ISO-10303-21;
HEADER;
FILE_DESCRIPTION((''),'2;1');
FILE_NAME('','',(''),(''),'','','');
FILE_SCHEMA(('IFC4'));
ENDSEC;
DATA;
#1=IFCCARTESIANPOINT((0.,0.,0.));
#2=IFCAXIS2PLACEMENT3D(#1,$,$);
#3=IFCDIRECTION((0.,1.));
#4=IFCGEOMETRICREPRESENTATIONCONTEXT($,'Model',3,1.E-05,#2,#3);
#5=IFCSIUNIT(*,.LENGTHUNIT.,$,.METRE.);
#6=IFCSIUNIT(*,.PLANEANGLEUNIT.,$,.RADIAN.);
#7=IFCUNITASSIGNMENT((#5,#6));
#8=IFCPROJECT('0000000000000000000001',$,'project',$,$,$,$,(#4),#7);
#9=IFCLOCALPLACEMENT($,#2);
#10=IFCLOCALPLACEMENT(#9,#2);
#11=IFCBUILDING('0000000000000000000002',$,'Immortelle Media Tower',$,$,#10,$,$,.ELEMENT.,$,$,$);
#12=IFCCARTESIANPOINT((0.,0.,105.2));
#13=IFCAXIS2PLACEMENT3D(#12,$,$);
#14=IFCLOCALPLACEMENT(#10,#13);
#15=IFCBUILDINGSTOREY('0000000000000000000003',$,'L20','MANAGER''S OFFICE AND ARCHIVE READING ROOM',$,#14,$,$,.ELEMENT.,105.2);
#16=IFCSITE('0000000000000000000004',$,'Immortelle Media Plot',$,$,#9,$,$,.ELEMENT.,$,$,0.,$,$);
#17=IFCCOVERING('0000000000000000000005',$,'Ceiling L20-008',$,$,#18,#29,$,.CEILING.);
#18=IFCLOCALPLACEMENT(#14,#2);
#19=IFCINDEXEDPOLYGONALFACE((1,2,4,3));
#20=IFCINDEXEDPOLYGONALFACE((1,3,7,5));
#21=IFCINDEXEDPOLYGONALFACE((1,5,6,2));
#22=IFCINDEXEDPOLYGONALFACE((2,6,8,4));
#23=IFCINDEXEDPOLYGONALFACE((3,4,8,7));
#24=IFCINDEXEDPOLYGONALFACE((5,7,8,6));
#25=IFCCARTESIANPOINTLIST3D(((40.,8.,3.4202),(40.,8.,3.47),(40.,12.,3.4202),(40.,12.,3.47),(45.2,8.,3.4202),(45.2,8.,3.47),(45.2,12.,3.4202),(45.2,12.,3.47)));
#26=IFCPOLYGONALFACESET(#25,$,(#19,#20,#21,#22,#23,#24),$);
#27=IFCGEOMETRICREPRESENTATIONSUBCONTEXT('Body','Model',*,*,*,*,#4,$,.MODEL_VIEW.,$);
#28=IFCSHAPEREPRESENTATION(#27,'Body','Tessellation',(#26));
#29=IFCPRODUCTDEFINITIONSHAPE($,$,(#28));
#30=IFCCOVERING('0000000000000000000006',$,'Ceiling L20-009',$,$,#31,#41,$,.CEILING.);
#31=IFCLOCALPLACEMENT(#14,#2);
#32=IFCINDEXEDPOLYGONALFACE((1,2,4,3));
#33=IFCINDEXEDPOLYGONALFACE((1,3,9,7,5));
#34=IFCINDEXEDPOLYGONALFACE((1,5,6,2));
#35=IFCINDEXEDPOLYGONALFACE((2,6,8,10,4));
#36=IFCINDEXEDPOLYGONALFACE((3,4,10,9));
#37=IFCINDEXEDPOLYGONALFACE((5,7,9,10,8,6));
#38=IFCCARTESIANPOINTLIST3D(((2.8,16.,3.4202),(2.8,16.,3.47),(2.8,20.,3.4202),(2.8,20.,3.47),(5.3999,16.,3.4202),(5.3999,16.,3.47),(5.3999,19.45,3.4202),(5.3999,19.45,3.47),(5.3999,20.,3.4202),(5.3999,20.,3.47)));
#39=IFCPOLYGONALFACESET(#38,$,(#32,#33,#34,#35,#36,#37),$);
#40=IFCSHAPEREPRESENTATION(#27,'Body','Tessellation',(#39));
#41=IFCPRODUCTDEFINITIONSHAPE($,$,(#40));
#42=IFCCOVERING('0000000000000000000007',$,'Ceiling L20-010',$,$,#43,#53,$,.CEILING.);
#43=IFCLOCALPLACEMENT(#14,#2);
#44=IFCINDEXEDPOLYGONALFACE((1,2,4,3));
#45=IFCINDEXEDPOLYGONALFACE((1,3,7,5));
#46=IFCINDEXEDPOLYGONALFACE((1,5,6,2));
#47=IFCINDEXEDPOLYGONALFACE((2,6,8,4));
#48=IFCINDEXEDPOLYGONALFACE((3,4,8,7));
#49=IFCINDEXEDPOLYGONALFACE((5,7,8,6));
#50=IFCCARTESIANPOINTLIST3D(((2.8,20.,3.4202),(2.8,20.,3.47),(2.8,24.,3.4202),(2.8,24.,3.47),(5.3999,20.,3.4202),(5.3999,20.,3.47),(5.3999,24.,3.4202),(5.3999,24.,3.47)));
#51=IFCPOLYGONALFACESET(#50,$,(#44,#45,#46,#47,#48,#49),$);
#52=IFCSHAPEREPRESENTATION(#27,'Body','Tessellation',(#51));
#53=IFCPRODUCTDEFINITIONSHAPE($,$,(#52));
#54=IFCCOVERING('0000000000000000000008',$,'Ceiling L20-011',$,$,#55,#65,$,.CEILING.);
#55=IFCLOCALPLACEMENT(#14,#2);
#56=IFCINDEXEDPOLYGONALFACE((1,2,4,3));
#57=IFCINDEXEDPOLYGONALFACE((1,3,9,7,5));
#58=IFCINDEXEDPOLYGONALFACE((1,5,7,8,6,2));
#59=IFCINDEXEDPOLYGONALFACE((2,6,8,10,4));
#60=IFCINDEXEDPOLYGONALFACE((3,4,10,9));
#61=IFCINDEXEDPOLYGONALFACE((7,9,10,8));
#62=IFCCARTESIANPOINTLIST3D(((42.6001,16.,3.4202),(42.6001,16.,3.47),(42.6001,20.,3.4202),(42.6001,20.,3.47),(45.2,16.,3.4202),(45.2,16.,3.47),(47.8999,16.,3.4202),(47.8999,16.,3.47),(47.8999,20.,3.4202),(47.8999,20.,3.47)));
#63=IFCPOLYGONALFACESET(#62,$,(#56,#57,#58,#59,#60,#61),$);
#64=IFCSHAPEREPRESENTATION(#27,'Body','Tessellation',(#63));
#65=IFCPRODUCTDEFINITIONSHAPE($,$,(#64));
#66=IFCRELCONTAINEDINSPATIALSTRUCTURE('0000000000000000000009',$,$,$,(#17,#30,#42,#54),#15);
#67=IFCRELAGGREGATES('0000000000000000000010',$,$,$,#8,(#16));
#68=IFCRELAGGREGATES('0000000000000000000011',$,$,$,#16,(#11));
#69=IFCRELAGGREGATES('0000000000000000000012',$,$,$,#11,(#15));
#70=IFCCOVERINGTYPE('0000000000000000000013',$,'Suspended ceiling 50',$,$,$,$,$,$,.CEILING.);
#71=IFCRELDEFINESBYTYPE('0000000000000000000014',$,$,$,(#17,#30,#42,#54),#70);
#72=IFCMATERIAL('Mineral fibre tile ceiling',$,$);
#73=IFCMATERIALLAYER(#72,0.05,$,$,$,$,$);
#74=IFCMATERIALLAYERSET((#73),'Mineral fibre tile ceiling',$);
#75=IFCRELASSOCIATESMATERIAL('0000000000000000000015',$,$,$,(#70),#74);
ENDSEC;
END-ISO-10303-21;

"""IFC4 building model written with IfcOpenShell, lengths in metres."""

from ifc_helpers import new_model, si_unit, direction, frame, origin, place, context, subcontext, project, spatial, polyline, outline, extrude, material, layer, layer_set, type_object, element, save


model = new_model("IFC4")

# Units and contexts
model_context = context("Model", 3, precision=1e-05, world=origin(), true_north=direction((0.0, 1.0)))
body_context = subcontext(model_context, "Body", "Model", "MODEL_VIEW")
ifc_project = project(units=[si_unit("LENGTHUNIT", "METRE"), si_unit("PLANEANGLEUNIT", "RADIAN")], contexts=[model_context])

# Site, building, storey
site_placement = place(None, origin())
site = spatial("IfcSite", under=ifc_project, at=site_placement, Name="Immortelle Media Plot", CompositionType="ELEMENT", RefElevation=0.0)
building_placement = place(site_placement, origin())
building = spatial("IfcBuilding", under=site, at=building_placement, Name="Immortelle Media Tower", CompositionType="ELEMENT")
storey_placement = place(building_placement, frame((0.0, 0.0, 105.2)))
storey = spatial("IfcBuildingStorey", under=building, at=storey_placement, Name="L20", Description="MANAGER'S OFFICE AND ARCHIVE READING ROOM", CompositionType="ELEMENT", Elevation=105.2)

# Coverings
ifc_material_1 = material(Name="Mineral fibre tile ceiling")
ifc_layer_1 = layer(ifc_material_1, 0.05)
ifc_layer_set_1 = layer_set([ifc_layer_1], Name="Mineral fibre tile ceiling")
covering_type = type_object("IfcCoveringType", Name="Suspended ceiling 50", PredefinedType="CEILING", material=ifc_layer_set_1)
covering_1_placement = place(storey_placement, frame((0.0, 0.0, 3.4202)))
element("IfcCovering", 1, at=covering_1_placement, inside=storey, type_object=covering_type, Name="Ceiling L20-008", PredefinedType="CEILING", context=body_context, shape_type="SweptSolid", body=[
    extrude(outline(polyline([(40.0, 8.0), (40.0, 12.0), (45.2, 12.0), (45.2, 8.0), (40.0, 8.0)])), origin(), (0.0, 0.0, 1.0), 0.0498),
])
covering_2_placement = place(storey_placement, frame((0.0, 0.0, 3.4202)))
element("IfcCovering", 2, at=covering_2_placement, inside=storey, type_object=covering_type, Name="Ceiling L20-009", PredefinedType="CEILING", context=body_context, shape_type="SweptSolid", body=[
    extrude(outline(polyline([(5.3999, 16.0), (2.8, 16.0), (2.8, 20.0), (5.3999, 20.0), (5.3999, 19.45), (5.3999, 16.0)])), origin(), (0.0, 0.0, 1.0), 0.0498),
])
covering_3_placement = place(storey_placement, frame((0.0, 0.0, 3.4202)))
element("IfcCovering", 3, at=covering_3_placement, inside=storey, type_object=covering_type, Name="Ceiling L20-010", PredefinedType="CEILING", context=body_context, shape_type="SweptSolid", body=[
    extrude(outline(polyline([(2.8, 24.0), (5.3999, 24.0), (5.3999, 20.0), (2.8, 20.0), (2.8, 24.0)])), origin(), (0.0, 0.0, 1.0), 0.0498),
])
covering_4_placement = place(storey_placement, frame((0.0, 0.0, 3.4202)))
element("IfcCovering", 4, at=covering_4_placement, inside=storey, type_object=covering_type, Name="Ceiling L20-011", PredefinedType="CEILING", context=body_context, shape_type="SweptSolid", body=[
    extrude(outline(polyline([(42.6001, 16.0), (42.6001, 20.0), (47.8999, 20.0), (47.8999, 16.0), (45.2, 16.0), (42.6001, 16.0)])), origin(), (0.0, 0.0, 1.0), 0.0498),
])

save(model, "model.ifc")
